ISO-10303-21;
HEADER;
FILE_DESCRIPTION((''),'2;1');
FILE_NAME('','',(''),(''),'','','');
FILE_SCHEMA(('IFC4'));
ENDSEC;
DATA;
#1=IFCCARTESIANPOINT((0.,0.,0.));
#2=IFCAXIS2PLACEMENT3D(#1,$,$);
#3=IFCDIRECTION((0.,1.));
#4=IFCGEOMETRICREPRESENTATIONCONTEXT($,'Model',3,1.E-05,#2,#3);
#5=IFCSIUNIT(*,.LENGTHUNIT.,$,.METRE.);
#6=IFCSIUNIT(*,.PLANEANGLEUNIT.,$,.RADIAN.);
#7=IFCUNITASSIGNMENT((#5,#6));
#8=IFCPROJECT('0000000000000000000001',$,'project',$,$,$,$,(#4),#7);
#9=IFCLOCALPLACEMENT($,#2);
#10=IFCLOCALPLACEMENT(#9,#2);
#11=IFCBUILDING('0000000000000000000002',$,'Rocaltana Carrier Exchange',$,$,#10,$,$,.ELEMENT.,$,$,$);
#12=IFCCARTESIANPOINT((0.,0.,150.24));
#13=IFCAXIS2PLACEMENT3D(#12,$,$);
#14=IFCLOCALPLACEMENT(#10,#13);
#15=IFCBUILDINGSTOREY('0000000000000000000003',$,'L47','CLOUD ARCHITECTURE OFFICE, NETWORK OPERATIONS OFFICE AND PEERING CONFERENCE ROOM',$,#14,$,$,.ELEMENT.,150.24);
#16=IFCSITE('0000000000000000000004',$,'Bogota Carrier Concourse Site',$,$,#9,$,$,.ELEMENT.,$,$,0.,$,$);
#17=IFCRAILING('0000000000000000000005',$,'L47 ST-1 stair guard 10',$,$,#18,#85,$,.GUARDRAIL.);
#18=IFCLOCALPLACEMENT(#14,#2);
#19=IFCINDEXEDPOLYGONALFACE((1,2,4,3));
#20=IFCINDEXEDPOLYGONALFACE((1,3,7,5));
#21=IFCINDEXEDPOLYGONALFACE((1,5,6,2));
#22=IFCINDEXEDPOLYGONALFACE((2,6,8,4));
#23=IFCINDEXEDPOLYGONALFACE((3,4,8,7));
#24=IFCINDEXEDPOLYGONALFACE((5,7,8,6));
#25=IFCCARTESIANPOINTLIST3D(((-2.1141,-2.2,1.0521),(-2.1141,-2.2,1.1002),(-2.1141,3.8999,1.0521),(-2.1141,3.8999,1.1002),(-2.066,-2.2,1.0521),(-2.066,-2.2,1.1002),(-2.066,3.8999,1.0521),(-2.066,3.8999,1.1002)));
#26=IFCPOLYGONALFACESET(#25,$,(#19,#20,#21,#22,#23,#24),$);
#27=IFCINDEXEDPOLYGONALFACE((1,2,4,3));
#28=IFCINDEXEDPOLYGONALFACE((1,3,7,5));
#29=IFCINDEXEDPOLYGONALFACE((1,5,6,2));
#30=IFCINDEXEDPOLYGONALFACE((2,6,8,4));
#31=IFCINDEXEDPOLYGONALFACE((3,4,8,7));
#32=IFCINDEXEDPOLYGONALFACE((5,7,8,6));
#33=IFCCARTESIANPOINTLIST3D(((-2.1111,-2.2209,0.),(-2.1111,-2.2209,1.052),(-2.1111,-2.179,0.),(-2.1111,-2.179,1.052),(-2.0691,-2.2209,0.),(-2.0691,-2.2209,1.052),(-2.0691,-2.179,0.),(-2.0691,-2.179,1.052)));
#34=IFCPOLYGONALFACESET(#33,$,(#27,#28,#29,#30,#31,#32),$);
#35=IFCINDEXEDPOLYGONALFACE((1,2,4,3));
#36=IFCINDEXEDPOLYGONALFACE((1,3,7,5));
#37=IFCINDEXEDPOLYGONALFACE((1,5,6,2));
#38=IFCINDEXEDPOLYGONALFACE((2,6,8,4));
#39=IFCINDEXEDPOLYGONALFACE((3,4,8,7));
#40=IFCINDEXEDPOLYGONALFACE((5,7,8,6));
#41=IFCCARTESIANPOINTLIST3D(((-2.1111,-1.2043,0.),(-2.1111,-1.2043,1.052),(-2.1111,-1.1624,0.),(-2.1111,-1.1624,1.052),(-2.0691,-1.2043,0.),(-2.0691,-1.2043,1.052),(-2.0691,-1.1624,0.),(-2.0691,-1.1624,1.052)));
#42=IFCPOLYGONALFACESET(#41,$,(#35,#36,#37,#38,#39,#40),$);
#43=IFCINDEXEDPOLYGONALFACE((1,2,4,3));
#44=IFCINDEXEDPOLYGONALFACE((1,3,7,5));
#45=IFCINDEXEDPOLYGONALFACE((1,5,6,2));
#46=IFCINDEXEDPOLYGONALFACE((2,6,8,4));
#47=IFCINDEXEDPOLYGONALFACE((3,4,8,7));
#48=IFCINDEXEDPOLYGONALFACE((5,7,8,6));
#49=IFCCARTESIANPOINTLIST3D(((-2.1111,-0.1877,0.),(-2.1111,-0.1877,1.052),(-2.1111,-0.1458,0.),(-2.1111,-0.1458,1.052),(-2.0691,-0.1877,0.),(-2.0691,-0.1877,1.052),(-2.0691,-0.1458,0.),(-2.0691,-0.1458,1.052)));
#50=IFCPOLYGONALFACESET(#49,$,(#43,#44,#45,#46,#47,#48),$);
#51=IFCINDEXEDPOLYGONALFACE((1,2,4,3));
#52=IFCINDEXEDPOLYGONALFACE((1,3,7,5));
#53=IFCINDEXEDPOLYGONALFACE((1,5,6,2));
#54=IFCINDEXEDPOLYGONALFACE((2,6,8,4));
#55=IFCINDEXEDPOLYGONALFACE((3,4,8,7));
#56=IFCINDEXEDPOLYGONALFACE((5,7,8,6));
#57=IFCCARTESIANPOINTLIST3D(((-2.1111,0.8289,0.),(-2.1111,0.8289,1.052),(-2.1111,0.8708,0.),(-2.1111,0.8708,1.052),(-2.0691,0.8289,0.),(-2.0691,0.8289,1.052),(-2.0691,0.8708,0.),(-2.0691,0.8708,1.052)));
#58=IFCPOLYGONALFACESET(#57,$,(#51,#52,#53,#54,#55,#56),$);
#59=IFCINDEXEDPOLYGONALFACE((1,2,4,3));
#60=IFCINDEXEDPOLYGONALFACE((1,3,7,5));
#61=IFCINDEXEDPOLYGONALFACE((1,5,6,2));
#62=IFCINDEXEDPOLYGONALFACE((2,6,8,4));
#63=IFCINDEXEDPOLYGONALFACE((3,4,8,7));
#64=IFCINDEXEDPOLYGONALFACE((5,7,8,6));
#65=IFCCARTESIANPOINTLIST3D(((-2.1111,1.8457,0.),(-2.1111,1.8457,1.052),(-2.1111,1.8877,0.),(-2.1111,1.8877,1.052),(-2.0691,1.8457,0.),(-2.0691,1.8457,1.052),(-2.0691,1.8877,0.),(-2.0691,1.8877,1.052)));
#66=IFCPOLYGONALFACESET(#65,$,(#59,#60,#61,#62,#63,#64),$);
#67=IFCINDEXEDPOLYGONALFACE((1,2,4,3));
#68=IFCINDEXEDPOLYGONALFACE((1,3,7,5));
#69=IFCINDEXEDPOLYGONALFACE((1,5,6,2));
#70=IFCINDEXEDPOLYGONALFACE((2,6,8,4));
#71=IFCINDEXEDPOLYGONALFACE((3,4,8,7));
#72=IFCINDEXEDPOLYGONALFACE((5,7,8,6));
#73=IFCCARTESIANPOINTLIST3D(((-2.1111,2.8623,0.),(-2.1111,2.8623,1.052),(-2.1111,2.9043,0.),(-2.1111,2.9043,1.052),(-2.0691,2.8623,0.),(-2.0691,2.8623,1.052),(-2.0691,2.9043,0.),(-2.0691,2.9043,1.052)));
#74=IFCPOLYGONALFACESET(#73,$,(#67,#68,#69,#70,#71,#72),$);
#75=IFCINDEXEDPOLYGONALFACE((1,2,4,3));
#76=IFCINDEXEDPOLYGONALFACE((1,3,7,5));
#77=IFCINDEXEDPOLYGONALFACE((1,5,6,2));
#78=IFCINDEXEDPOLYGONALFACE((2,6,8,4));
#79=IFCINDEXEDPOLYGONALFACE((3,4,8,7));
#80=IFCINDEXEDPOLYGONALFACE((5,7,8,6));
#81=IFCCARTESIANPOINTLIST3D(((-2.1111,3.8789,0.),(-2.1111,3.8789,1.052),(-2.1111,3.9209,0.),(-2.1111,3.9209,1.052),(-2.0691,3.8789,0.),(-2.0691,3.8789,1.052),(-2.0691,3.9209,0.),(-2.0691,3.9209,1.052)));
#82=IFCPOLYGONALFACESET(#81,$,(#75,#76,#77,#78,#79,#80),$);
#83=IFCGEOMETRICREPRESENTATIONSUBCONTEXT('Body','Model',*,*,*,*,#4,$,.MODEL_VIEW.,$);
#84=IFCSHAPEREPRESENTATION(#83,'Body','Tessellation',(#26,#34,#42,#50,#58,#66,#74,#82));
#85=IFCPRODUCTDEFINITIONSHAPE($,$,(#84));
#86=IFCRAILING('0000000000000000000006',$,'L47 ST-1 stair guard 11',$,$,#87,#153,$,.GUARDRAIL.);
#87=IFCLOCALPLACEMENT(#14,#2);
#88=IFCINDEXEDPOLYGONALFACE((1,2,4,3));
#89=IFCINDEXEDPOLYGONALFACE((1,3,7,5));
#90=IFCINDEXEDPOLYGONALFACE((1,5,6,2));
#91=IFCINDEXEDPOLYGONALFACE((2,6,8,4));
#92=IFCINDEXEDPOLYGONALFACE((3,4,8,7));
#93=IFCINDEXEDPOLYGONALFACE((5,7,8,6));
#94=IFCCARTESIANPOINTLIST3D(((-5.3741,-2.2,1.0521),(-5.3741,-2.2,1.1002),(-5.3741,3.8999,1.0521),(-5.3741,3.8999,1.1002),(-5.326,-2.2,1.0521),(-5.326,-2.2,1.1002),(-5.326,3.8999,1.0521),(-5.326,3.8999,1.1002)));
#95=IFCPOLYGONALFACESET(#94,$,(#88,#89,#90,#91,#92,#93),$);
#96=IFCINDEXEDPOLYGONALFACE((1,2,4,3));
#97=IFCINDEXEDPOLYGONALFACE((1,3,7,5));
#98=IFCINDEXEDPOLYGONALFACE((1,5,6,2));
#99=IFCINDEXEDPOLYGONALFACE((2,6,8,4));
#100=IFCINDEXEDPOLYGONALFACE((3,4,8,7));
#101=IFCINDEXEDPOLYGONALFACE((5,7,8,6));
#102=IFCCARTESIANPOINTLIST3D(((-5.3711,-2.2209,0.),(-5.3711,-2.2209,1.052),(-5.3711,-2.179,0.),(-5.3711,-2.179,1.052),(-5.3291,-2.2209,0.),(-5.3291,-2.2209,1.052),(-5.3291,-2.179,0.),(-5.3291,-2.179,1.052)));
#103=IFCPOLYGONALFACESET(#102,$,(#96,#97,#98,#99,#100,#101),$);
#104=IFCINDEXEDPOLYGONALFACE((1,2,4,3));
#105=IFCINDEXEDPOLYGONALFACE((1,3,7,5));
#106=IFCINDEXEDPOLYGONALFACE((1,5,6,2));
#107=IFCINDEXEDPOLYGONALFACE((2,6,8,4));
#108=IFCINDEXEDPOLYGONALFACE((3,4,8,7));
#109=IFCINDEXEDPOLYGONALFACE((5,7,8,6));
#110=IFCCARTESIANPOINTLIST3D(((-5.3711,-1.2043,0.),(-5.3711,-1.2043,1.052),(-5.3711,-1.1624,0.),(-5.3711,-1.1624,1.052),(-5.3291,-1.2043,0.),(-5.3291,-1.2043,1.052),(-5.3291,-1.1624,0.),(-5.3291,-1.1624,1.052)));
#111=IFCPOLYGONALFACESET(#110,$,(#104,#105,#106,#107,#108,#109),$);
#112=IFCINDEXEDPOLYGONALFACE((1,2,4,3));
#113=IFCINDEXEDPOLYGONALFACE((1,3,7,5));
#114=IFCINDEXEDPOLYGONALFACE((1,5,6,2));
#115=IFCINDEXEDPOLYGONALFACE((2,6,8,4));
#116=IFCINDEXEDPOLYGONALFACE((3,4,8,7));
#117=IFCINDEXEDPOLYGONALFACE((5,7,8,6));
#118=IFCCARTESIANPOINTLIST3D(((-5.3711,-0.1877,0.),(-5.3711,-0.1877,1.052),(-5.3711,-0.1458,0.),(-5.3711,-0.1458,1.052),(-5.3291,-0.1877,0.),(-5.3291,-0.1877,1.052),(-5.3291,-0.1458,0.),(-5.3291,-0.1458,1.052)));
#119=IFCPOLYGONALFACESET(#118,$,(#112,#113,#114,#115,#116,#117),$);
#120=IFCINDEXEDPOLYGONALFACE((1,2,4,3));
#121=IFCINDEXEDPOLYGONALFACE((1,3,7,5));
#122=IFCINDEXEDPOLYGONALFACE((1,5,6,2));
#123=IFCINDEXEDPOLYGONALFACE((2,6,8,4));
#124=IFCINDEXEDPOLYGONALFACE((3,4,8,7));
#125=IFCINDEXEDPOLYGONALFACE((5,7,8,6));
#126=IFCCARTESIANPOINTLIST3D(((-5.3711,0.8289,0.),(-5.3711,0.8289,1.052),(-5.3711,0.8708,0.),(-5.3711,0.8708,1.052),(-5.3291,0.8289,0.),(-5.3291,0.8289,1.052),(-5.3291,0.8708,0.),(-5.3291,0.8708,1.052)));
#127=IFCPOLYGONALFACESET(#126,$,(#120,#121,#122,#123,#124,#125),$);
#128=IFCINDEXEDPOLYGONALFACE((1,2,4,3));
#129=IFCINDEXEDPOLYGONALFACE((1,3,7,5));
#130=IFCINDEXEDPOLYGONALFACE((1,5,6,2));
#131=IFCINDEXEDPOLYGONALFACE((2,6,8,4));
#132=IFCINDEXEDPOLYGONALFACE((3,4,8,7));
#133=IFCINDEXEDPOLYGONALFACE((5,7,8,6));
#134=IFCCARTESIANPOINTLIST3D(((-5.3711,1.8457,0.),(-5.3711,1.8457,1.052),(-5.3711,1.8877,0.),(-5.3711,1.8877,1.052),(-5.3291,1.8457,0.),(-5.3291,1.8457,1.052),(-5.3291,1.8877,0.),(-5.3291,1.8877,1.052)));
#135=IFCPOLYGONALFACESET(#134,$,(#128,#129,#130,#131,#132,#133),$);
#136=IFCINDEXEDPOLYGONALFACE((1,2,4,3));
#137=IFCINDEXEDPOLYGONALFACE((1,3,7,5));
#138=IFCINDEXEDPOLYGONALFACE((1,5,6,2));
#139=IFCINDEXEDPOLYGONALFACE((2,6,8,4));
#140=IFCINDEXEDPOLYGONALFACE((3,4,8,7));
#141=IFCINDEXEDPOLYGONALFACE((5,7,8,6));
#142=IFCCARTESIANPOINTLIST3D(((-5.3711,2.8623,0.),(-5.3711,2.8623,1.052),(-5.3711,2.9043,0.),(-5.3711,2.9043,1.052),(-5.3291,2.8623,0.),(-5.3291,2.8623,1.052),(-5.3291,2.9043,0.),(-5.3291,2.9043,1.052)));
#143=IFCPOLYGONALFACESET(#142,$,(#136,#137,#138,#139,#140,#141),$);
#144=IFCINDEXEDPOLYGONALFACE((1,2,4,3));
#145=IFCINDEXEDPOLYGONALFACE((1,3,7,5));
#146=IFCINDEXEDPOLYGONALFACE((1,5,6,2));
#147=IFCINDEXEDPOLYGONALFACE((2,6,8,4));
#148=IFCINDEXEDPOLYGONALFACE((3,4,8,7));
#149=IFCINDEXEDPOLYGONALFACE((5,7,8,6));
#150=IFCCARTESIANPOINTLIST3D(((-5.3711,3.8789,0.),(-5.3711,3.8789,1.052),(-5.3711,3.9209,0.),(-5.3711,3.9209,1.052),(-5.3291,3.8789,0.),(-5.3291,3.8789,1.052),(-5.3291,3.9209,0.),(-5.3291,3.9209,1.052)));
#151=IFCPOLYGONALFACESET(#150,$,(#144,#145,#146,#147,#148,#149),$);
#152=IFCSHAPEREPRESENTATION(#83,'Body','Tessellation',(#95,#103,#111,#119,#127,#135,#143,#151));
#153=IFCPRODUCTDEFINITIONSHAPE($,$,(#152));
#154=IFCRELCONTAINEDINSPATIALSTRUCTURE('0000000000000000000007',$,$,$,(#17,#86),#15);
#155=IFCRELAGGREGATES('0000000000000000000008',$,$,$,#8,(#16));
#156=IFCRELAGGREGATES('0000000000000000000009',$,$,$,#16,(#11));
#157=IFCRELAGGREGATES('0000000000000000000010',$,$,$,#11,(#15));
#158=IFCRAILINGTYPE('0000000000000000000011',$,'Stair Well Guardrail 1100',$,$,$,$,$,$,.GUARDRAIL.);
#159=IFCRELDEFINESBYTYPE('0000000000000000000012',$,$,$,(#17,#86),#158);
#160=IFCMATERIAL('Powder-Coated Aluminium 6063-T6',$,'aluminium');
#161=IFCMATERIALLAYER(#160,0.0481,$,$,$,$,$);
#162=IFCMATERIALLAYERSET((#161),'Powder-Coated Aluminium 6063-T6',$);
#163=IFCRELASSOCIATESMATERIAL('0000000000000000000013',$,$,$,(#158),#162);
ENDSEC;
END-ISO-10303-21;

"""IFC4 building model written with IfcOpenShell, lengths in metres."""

from ifc_helpers import new_model, si_unit, direction, frame, origin, origin_2d, place, context, subcontext, project, spatial, rectangle, extrude, material, layer, layer_set, type_object, element, save


model = new_model("IFC4")

# Units and contexts
model_context = context("Model", 3, precision=1e-05, world=origin(), true_north=direction((0.0, 1.0)))
body_context = subcontext(model_context, "Body", "Model", "MODEL_VIEW")
ifc_project = project(units=[si_unit("LENGTHUNIT", "METRE"), si_unit("PLANEANGLEUNIT", "RADIAN")], contexts=[model_context])

# Site, building, storey
site_placement = place(None, origin())
site = spatial("IfcSite", under=ifc_project, at=site_placement, Name="Bogota Carrier Concourse Site", CompositionType="ELEMENT", RefElevation=0.0)
building_placement = place(site_placement, origin())
building = spatial("IfcBuilding", under=site, at=building_placement, Name="Rocaltana Carrier Exchange", CompositionType="ELEMENT")
storey_placement = place(building_placement, frame((0.0, 0.0, 150.24)))
storey = spatial("IfcBuildingStorey", under=building, at=storey_placement, Name="L47", Description="CLOUD ARCHITECTURE OFFICE, NETWORK OPERATIONS OFFICE AND PEERING CONFERENCE ROOM", CompositionType="ELEMENT", Elevation=150.24)

# Railings
ifc_material_1 = material(Name="Powder-Coated Aluminium 6063-T6", Category="aluminium")
ifc_layer_1 = layer(ifc_material_1, 0.0481)
ifc_layer_set_1 = layer_set([ifc_layer_1], Name="Powder-Coated Aluminium 6063-T6")
railing_type_1 = type_object("IfcRailingType", Name="Stair Well Guardrail 1100", PredefinedType="GUARDRAIL", material=ifc_layer_set_1)
for number, where, name in (
    (1, (-2.0901, -2.2, 0.0), "L47 ST-1 stair guard 10"),
    (2, (-5.3501, -2.2, 0.0), "L47 ST-1 stair guard 11"),
):
    element("IfcRailing", number, at=place(storey_placement, frame(where)), inside=storey, type_object=railing_type_1, Name=name, PredefinedType="GUARDRAIL", context=body_context, shape_type="SweptSolid", body=[
        extrude(rectangle(XDim=0.0481, YDim=0.0481, at=origin_2d()), frame((0.0, 0.0, 1.0762), z_axis=(0.0, 1.0, 0.0), x_axis=(-1.0, 0.0, 0.0)), (0.0, 0.0, 1.0), 6.0999),
        extrude(rectangle(XDim=0.042, YDim=0.042, at=origin_2d()), origin(), (0.0, 0.0, 1.0), 1.052),
        extrude(rectangle(XDim=0.042, YDim=0.042, at=origin_2d()), frame((0.0, 1.0166, 0.0)), (0.0, 0.0, 1.0), 1.052),
        extrude(rectangle(XDim=0.042, YDim=0.042, at=origin_2d()), frame((0.0, 2.0332, 0.0)), (0.0, 0.0, 1.0), 1.052),
        extrude(rectangle(XDim=0.042, YDim=0.042, at=origin_2d()), frame((0.0, 3.0498, 0.0)), (0.0, 0.0, 1.0), 1.052),
        extrude(rectangle(XDim=0.042, YDim=0.042, at=origin_2d()), frame((0.0, 4.0667, 0.0)), (0.0, 0.0, 1.0), 1.052),
        extrude(rectangle(XDim=0.042, YDim=0.042, at=origin_2d()), frame((0.0, 5.0833, 0.0)), (0.0, 0.0, 1.0), 1.052),
        extrude(rectangle(XDim=0.042, YDim=0.042, at=origin_2d()), frame((0.0, 6.0999, 0.0)), (0.0, 0.0, 1.0), 1.052),
    ])

save(model, "model.ifc")
